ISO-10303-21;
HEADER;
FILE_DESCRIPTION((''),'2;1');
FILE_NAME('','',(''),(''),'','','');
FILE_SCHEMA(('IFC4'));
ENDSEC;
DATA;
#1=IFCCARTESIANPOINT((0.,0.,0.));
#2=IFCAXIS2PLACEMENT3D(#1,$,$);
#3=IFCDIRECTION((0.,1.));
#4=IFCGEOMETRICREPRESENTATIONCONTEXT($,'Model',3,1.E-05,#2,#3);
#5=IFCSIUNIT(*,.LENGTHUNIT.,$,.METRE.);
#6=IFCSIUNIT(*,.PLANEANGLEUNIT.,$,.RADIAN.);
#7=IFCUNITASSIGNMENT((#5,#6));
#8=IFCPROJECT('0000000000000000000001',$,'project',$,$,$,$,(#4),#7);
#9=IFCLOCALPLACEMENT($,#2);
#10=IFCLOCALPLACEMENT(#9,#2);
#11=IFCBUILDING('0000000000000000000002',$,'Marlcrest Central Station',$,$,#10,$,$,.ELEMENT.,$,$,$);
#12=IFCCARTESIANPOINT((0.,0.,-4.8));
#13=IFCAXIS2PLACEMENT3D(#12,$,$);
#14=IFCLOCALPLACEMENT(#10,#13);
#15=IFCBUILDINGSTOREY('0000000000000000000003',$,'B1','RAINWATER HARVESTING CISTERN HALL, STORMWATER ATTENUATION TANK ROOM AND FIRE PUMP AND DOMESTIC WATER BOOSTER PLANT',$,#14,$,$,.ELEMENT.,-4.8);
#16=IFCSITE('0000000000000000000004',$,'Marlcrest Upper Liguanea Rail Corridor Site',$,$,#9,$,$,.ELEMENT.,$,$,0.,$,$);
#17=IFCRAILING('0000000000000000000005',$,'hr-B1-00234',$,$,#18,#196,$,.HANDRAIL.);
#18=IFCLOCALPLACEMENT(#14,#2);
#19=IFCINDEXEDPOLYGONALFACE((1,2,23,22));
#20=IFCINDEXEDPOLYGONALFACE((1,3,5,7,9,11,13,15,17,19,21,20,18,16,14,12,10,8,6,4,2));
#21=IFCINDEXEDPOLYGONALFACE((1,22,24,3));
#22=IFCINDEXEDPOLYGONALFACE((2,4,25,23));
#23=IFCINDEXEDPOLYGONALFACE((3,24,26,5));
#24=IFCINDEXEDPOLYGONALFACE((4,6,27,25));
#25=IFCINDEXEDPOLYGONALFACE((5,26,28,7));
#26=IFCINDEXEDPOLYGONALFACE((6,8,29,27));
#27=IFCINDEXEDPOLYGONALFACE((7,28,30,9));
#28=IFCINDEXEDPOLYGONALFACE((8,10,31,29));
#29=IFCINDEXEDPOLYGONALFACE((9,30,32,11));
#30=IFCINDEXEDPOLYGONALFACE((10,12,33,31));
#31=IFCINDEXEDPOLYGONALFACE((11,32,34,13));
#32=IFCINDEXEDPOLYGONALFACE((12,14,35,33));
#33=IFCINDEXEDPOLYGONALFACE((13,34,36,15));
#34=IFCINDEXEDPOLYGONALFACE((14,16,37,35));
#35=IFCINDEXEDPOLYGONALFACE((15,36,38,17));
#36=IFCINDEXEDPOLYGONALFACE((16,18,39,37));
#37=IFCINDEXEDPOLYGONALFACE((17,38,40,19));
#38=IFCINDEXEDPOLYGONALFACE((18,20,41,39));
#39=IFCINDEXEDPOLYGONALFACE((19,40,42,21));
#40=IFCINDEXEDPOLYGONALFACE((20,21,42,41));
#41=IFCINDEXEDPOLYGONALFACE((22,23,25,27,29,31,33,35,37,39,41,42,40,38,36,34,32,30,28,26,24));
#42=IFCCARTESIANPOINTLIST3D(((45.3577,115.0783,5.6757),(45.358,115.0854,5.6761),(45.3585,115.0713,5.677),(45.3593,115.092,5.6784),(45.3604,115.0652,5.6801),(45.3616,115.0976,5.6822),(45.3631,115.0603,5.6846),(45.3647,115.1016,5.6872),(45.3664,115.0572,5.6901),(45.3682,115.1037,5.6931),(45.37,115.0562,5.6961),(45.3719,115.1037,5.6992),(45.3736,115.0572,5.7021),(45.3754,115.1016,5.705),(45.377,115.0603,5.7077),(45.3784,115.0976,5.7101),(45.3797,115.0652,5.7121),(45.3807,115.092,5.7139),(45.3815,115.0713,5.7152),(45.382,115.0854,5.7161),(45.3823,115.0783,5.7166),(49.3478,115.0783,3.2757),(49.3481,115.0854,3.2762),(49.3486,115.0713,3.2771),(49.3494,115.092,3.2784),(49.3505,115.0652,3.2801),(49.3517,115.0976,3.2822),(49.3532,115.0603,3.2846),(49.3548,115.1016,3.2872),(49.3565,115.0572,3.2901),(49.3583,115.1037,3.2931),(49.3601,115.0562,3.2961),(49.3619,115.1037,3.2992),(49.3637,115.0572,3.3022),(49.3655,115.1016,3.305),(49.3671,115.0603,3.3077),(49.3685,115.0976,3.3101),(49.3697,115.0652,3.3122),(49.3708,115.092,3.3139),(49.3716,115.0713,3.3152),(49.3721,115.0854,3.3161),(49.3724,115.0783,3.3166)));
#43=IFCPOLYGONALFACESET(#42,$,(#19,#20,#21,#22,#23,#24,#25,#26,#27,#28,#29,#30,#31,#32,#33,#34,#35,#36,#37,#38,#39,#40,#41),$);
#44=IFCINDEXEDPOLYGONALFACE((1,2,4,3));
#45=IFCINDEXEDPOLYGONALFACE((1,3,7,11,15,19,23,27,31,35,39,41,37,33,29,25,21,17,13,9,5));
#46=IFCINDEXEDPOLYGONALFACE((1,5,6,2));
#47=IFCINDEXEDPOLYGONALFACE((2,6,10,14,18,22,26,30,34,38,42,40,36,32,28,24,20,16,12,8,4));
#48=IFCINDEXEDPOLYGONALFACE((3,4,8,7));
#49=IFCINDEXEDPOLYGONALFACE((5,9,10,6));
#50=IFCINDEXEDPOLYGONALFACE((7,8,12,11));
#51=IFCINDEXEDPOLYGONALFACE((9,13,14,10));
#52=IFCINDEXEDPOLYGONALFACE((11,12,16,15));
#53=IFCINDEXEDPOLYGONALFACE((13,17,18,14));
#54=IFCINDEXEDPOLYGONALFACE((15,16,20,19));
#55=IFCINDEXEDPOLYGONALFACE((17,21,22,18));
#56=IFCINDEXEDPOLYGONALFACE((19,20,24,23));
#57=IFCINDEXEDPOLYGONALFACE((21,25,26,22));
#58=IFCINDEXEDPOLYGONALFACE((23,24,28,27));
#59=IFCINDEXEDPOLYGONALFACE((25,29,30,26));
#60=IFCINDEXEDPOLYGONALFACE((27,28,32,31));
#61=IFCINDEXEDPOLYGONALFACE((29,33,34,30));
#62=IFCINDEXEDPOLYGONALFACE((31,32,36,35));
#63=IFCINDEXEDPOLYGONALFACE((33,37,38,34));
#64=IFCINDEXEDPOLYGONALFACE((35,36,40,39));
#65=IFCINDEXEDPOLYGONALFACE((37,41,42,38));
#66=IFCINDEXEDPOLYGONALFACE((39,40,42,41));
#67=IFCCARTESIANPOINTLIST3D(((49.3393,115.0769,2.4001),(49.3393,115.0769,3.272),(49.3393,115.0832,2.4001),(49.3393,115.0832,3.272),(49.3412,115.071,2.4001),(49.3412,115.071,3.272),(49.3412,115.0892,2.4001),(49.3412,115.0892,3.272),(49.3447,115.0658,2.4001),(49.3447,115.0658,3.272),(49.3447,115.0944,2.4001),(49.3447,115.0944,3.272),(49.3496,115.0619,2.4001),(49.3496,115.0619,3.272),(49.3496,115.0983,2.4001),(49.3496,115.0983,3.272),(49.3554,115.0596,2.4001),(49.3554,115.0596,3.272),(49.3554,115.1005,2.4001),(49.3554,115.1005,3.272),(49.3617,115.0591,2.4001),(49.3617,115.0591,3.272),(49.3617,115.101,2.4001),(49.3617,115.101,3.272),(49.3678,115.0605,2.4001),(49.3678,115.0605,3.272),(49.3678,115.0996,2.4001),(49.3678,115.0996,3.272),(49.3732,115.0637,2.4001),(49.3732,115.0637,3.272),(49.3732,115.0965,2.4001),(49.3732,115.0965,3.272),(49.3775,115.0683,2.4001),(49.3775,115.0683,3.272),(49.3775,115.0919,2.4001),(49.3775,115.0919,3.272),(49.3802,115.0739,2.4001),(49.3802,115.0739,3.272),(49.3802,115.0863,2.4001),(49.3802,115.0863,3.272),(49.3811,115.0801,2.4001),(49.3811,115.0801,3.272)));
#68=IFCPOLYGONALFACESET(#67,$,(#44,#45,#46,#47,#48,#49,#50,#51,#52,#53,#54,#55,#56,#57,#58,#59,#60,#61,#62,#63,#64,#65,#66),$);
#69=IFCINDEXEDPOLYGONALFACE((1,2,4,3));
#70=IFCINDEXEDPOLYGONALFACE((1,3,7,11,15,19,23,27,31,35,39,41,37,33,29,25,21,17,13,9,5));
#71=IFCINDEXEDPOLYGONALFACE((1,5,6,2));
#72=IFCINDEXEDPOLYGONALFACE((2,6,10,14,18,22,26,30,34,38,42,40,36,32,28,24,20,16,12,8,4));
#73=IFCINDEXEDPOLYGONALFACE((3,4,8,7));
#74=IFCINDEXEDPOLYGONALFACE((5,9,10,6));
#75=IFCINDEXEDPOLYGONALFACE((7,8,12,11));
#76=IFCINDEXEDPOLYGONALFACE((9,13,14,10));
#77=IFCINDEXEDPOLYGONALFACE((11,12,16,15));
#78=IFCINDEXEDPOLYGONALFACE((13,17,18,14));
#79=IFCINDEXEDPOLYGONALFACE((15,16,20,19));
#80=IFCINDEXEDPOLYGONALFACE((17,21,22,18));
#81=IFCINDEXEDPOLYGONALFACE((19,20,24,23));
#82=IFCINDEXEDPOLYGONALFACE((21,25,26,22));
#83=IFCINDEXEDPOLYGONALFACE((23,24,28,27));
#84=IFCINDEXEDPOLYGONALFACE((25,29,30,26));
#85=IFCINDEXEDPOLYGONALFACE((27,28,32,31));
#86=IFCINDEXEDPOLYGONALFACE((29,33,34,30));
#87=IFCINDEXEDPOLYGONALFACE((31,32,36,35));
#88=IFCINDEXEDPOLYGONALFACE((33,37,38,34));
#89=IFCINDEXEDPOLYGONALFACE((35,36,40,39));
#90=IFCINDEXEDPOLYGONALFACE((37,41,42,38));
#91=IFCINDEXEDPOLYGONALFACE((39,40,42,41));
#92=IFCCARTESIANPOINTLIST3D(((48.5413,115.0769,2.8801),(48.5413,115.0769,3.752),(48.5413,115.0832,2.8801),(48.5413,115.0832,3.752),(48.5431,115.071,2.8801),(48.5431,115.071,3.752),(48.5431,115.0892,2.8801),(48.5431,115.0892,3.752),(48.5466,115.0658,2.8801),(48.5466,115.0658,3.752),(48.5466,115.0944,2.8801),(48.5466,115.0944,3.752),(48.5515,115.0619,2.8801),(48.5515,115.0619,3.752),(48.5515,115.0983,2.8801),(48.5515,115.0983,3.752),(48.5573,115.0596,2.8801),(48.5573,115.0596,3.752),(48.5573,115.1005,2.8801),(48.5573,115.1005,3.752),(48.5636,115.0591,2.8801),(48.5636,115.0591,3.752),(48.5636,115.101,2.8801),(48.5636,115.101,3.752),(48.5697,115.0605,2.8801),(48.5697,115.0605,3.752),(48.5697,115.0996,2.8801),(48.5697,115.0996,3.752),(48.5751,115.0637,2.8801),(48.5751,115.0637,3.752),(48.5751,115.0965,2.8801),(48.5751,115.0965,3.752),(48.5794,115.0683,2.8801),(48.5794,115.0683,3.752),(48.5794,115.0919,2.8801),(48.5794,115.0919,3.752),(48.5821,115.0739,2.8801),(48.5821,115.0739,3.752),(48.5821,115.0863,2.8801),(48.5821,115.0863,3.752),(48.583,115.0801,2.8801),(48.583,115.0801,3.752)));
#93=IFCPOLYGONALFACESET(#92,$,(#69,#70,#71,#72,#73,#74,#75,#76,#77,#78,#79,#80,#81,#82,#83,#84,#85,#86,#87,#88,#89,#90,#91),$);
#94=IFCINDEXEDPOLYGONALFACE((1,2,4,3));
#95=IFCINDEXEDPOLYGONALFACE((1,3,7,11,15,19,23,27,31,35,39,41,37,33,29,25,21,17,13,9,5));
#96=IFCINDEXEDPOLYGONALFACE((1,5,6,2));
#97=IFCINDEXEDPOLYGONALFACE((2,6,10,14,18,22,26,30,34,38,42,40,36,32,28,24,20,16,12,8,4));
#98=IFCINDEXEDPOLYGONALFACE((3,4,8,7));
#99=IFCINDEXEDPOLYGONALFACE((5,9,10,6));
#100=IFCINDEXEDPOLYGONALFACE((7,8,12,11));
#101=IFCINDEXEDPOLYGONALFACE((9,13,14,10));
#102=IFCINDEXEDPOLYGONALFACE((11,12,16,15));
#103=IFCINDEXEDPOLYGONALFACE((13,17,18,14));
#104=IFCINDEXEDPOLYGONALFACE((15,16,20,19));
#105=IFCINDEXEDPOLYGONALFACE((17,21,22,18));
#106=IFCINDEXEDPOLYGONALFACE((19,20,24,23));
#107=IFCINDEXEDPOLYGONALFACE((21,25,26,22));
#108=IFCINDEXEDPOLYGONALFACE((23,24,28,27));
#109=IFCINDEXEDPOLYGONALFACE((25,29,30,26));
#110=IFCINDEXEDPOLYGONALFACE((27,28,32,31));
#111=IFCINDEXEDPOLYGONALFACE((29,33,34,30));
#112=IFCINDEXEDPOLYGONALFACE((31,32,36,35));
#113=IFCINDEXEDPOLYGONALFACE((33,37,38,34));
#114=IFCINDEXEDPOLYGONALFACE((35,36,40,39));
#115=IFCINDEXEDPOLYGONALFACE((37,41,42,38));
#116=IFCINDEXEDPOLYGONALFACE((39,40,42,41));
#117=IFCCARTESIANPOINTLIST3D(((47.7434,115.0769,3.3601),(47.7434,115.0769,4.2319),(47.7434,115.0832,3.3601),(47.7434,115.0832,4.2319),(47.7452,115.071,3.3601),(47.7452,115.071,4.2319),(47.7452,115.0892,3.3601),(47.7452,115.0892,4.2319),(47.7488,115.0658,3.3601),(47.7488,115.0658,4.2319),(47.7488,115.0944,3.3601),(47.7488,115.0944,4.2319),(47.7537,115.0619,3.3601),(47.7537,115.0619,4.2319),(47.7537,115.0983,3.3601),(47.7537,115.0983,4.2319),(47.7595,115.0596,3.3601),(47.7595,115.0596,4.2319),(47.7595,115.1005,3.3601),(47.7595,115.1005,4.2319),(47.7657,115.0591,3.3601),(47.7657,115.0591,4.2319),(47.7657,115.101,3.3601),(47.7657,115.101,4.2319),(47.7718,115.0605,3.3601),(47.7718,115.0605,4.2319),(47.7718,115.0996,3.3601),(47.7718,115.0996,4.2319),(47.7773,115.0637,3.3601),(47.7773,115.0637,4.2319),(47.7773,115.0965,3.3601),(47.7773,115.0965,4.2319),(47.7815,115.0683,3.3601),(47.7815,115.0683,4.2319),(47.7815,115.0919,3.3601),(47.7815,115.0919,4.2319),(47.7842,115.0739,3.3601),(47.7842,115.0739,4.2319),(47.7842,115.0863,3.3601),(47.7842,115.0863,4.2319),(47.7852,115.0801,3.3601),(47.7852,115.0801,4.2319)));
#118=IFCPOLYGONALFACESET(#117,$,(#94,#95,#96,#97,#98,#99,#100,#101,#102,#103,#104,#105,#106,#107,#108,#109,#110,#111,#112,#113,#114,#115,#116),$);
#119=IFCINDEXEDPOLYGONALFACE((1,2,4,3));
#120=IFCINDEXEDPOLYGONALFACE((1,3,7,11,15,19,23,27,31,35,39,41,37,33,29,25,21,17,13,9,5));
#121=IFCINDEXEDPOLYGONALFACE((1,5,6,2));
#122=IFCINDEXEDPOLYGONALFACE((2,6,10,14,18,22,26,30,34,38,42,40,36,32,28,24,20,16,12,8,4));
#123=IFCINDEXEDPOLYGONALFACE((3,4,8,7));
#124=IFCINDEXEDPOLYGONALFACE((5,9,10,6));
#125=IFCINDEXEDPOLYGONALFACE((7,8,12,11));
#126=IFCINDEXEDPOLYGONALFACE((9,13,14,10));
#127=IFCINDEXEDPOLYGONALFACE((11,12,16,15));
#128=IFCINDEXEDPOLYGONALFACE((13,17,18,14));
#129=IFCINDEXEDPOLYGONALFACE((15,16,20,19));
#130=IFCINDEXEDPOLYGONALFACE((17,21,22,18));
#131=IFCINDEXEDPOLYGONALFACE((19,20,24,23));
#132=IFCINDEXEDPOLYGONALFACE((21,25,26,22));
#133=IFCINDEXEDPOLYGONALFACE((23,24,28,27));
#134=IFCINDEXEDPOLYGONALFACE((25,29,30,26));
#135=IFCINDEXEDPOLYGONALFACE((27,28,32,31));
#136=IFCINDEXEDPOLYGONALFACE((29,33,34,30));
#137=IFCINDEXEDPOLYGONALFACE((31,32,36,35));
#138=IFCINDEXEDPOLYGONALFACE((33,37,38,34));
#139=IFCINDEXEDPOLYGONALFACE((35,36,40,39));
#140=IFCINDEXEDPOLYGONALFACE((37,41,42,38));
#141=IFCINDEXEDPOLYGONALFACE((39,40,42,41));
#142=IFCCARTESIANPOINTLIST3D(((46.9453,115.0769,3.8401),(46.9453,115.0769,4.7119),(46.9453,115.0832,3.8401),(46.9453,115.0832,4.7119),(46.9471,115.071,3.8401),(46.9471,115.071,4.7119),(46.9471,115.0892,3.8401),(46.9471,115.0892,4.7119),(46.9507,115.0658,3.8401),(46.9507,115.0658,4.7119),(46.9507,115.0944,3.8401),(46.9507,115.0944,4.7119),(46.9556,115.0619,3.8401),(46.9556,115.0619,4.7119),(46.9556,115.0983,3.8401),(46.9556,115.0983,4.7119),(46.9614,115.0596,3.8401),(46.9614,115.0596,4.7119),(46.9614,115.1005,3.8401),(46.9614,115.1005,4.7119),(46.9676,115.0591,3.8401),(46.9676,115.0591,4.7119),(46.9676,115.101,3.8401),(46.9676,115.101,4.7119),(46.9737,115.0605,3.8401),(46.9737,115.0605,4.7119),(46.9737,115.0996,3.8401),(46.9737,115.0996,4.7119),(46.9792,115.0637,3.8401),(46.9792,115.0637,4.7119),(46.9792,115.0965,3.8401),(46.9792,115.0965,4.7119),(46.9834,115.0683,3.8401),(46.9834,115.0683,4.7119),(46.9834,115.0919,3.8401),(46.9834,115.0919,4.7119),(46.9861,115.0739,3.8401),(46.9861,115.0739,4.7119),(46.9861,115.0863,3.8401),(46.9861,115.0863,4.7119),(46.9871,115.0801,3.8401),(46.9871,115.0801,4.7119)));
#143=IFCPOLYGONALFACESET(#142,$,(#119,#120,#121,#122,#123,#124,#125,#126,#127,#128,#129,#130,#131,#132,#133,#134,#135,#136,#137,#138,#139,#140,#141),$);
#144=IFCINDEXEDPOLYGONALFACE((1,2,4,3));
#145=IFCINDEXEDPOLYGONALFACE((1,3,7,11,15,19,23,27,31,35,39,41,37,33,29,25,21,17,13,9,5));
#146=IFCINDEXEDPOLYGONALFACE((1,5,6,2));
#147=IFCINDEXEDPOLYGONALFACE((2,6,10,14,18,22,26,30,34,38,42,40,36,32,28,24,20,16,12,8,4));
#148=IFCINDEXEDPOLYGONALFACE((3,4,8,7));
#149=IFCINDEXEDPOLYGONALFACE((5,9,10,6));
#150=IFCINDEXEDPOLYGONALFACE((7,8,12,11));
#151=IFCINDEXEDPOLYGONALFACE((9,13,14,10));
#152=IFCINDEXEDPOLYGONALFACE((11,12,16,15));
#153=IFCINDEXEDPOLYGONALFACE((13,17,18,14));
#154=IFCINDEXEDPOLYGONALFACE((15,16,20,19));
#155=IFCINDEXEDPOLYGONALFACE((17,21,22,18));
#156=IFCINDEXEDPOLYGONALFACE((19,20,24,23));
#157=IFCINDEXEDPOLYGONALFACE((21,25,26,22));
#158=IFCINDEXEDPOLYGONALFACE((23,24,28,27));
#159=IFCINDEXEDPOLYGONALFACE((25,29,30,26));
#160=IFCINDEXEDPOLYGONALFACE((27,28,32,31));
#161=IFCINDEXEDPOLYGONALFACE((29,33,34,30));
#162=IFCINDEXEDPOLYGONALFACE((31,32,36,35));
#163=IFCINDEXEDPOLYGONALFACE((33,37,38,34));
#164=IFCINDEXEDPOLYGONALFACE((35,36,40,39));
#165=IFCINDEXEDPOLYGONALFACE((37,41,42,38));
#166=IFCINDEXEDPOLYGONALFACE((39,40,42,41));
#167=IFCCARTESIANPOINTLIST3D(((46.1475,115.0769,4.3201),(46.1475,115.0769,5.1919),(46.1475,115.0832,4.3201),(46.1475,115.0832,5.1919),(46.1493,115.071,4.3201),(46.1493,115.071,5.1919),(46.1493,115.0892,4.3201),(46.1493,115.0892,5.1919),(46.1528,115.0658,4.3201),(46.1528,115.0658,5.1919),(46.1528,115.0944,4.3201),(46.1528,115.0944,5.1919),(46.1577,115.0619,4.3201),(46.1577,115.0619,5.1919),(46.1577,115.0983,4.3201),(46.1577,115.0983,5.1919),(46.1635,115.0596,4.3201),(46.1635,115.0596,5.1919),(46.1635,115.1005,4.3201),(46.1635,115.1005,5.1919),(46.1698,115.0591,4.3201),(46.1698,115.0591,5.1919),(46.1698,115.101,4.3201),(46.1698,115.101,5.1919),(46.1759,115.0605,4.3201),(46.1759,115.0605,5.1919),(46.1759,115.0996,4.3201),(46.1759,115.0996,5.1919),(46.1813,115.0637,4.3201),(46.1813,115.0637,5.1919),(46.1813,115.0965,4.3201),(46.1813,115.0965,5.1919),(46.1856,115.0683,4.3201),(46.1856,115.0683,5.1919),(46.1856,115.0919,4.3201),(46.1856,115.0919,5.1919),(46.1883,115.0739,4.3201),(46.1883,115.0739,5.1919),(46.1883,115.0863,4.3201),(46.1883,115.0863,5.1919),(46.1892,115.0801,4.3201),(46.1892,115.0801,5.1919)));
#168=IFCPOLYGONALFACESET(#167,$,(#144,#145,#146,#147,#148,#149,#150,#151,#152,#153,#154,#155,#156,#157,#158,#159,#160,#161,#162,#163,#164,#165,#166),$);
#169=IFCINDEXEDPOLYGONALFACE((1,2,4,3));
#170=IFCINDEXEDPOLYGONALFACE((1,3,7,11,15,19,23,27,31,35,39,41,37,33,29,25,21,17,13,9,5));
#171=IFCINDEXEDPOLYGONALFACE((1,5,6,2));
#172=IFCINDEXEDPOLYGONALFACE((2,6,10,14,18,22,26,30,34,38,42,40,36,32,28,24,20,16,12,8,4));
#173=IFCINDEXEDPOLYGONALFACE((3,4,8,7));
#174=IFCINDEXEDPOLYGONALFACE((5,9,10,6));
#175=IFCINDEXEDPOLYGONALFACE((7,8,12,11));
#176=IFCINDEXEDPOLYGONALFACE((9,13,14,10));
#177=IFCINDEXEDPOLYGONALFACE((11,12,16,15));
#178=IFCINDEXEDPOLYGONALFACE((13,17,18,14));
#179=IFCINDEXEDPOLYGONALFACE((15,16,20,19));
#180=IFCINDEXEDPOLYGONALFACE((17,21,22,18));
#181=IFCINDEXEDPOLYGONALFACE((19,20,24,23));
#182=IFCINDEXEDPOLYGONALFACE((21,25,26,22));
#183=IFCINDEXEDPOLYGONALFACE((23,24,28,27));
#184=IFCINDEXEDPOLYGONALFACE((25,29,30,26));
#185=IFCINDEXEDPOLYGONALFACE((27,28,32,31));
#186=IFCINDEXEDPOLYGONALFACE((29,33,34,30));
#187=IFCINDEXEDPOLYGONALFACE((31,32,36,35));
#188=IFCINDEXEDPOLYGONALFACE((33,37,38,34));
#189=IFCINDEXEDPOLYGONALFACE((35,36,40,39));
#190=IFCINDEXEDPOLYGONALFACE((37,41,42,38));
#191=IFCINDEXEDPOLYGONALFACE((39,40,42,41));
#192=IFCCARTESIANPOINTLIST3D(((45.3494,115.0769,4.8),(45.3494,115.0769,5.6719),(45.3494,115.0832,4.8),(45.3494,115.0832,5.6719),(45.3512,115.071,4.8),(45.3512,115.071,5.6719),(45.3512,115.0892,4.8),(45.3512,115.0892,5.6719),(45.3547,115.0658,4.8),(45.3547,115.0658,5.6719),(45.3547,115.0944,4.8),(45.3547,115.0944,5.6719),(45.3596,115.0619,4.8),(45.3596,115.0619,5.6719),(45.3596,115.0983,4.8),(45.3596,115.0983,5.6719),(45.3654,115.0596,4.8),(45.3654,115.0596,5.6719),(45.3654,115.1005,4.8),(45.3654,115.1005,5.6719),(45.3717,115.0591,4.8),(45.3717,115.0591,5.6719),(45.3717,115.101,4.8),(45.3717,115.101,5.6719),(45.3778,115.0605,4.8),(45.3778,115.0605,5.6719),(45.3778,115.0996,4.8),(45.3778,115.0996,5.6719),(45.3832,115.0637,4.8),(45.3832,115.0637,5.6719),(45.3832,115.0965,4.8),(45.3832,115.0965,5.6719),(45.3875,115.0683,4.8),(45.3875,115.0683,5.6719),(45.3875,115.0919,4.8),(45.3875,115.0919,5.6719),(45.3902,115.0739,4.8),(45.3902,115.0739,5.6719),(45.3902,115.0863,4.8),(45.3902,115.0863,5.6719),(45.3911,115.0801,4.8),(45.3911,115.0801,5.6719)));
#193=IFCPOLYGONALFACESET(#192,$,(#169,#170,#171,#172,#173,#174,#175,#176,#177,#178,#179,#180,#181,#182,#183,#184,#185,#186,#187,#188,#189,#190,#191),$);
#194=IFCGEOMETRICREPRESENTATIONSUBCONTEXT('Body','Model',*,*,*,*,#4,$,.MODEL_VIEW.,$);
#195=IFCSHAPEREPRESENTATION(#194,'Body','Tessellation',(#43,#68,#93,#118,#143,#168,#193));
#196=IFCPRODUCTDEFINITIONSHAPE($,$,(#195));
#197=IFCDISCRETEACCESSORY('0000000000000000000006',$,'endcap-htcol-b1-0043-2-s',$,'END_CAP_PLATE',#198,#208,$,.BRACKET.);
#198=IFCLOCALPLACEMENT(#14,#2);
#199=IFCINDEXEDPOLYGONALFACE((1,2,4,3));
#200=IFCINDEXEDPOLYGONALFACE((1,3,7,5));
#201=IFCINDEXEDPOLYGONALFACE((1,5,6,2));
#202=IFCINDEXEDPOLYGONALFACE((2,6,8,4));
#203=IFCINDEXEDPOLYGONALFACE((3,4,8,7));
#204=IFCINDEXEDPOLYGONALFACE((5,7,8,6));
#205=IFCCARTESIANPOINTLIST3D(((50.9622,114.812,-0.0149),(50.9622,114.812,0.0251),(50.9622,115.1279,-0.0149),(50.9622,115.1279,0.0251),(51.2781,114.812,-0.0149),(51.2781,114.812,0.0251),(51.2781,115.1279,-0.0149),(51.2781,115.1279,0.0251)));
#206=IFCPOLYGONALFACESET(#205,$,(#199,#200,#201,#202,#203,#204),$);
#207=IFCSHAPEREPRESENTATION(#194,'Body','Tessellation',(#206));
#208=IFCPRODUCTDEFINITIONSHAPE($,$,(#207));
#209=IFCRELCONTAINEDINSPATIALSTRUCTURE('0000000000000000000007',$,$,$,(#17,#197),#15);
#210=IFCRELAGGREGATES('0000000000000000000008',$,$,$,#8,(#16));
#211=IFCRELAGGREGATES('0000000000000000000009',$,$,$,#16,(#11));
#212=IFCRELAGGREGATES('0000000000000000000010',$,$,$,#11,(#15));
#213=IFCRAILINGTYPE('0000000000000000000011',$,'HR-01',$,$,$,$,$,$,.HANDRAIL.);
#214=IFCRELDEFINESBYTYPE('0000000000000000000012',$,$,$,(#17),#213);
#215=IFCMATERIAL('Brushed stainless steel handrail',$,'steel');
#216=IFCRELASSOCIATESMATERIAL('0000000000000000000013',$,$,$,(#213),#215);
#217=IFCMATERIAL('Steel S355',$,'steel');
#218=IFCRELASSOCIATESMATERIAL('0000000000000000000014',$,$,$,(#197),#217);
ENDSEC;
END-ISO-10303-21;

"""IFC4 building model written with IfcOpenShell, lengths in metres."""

from ifc_helpers import new_model, si_unit, direction, frame, origin, origin_2d, place, context, subcontext, project, spatial, rectangle, circle, extrude, material, type_object, element, save


model = new_model("IFC4")

# Units and contexts
model_context = context("Model", 3, precision=1e-05, world=origin(), true_north=direction((0.0, 1.0)))
body_context = subcontext(model_context, "Body", "Model", "MODEL_VIEW")
ifc_project = project(units=[si_unit("LENGTHUNIT", "METRE"), si_unit("PLANEANGLEUNIT", "RADIAN")], contexts=[model_context])

# Site, building, storey
site_placement = place(None, origin())
site = spatial("IfcSite", under=ifc_project, at=site_placement, Name="Marlcrest Upper Liguanea Rail Corridor Site", CompositionType="ELEMENT", RefElevation=0.0)
building_placement = place(site_placement, origin())
building = spatial("IfcBuilding", under=site, at=building_placement, Name="Marlcrest Central Station", CompositionType="ELEMENT")
storey_placement = place(building_placement, frame((0.0, 0.0, -4.8)))
storey = spatial("IfcBuildingStorey", under=building, at=storey_placement, Name="B1", Description="RAINWATER HARVESTING CISTERN HALL, STORMWATER ATTENUATION TANK ROOM AND FIRE PUMP AND DOMESTIC WATER BOOSTER PLANT", CompositionType="ELEMENT", Elevation=-4.8)

# Shared definitions
ifc_material_1 = material(Name="Steel S355", Category="steel")

# Railing
ifc_material_2 = material(Name="Brushed stainless steel handrail", Category="steel")
railing_type = type_object("IfcRailingType", Name="HR-01", PredefinedType="HANDRAIL", material=ifc_material_2)
for number, where, name in (
    (1, (49.3601, 115.0801, 2.4001), "hr-B1-00234"),
):
    element("IfcRailing", number, at=place(storey_placement, frame(where)), inside=storey, type_object=railing_type, Name=name, PredefinedType="HANDRAIL", context=body_context, shape_type="SweptSolid", body=[
        extrude(circle(Radius=0.0239, at=origin_2d()), frame((0.0, 0.0, 0.896), z_axis=(-0.856933, 0.0, 0.515428), x_axis=(0.0, -1.0, 0.0)), (0.0, 0.0, 1.0), 4.6562),
        extrude(circle(Radius=0.021, at=origin_2d()), origin(), (0.0, 0.0, 1.0), 0.8718),
        extrude(circle(Radius=0.021, at=origin_2d()), frame((-0.7981, 0.0, 0.48)), (0.0, 0.0, 1.0), 0.8718),
        extrude(circle(Radius=0.021, at=origin_2d()), frame((-1.5959, 0.0, 0.96)), (0.0, 0.0, 1.0), 0.8718),
        extrude(circle(Radius=0.021, at=origin_2d()), frame((-2.394, 0.0, 1.4399)), (0.0, 0.0, 1.0), 0.8718),
        extrude(circle(Radius=0.021, at=origin_2d()), frame((-3.1919, 0.0, 1.9199)), (0.0, 0.0, 1.0), 0.8718),
        extrude(circle(Radius=0.021, at=origin_2d()), frame((-3.99, 0.0, 2.3999)), (0.0, 0.0, 1.0), 0.8718),
    ])

# Discrete accessory
for number, where, z_axis, x_axis, name in (
    (2, (51.1201, 114.97, -0.0149), (0.0, 0.0, 1.0), (1.0, 0.0, 0.0), "endcap-htcol-b1-0043-2-s"),
):
    element("IfcDiscreteAccessory", number, at=place(storey_placement, frame(where, z_axis=z_axis, x_axis=x_axis)), inside=storey, material=ifc_material_1, Name=name, ObjectType="END_CAP_PLATE", PredefinedType="BRACKET", context=body_context, shape_type="SweptSolid", body=[
        extrude(rectangle(XDim=0.3159, YDim=0.3159, at=origin_2d()), origin(), (0.0, 0.0, 1.0), 0.04),
    ])

save(model, "model.ifc")
